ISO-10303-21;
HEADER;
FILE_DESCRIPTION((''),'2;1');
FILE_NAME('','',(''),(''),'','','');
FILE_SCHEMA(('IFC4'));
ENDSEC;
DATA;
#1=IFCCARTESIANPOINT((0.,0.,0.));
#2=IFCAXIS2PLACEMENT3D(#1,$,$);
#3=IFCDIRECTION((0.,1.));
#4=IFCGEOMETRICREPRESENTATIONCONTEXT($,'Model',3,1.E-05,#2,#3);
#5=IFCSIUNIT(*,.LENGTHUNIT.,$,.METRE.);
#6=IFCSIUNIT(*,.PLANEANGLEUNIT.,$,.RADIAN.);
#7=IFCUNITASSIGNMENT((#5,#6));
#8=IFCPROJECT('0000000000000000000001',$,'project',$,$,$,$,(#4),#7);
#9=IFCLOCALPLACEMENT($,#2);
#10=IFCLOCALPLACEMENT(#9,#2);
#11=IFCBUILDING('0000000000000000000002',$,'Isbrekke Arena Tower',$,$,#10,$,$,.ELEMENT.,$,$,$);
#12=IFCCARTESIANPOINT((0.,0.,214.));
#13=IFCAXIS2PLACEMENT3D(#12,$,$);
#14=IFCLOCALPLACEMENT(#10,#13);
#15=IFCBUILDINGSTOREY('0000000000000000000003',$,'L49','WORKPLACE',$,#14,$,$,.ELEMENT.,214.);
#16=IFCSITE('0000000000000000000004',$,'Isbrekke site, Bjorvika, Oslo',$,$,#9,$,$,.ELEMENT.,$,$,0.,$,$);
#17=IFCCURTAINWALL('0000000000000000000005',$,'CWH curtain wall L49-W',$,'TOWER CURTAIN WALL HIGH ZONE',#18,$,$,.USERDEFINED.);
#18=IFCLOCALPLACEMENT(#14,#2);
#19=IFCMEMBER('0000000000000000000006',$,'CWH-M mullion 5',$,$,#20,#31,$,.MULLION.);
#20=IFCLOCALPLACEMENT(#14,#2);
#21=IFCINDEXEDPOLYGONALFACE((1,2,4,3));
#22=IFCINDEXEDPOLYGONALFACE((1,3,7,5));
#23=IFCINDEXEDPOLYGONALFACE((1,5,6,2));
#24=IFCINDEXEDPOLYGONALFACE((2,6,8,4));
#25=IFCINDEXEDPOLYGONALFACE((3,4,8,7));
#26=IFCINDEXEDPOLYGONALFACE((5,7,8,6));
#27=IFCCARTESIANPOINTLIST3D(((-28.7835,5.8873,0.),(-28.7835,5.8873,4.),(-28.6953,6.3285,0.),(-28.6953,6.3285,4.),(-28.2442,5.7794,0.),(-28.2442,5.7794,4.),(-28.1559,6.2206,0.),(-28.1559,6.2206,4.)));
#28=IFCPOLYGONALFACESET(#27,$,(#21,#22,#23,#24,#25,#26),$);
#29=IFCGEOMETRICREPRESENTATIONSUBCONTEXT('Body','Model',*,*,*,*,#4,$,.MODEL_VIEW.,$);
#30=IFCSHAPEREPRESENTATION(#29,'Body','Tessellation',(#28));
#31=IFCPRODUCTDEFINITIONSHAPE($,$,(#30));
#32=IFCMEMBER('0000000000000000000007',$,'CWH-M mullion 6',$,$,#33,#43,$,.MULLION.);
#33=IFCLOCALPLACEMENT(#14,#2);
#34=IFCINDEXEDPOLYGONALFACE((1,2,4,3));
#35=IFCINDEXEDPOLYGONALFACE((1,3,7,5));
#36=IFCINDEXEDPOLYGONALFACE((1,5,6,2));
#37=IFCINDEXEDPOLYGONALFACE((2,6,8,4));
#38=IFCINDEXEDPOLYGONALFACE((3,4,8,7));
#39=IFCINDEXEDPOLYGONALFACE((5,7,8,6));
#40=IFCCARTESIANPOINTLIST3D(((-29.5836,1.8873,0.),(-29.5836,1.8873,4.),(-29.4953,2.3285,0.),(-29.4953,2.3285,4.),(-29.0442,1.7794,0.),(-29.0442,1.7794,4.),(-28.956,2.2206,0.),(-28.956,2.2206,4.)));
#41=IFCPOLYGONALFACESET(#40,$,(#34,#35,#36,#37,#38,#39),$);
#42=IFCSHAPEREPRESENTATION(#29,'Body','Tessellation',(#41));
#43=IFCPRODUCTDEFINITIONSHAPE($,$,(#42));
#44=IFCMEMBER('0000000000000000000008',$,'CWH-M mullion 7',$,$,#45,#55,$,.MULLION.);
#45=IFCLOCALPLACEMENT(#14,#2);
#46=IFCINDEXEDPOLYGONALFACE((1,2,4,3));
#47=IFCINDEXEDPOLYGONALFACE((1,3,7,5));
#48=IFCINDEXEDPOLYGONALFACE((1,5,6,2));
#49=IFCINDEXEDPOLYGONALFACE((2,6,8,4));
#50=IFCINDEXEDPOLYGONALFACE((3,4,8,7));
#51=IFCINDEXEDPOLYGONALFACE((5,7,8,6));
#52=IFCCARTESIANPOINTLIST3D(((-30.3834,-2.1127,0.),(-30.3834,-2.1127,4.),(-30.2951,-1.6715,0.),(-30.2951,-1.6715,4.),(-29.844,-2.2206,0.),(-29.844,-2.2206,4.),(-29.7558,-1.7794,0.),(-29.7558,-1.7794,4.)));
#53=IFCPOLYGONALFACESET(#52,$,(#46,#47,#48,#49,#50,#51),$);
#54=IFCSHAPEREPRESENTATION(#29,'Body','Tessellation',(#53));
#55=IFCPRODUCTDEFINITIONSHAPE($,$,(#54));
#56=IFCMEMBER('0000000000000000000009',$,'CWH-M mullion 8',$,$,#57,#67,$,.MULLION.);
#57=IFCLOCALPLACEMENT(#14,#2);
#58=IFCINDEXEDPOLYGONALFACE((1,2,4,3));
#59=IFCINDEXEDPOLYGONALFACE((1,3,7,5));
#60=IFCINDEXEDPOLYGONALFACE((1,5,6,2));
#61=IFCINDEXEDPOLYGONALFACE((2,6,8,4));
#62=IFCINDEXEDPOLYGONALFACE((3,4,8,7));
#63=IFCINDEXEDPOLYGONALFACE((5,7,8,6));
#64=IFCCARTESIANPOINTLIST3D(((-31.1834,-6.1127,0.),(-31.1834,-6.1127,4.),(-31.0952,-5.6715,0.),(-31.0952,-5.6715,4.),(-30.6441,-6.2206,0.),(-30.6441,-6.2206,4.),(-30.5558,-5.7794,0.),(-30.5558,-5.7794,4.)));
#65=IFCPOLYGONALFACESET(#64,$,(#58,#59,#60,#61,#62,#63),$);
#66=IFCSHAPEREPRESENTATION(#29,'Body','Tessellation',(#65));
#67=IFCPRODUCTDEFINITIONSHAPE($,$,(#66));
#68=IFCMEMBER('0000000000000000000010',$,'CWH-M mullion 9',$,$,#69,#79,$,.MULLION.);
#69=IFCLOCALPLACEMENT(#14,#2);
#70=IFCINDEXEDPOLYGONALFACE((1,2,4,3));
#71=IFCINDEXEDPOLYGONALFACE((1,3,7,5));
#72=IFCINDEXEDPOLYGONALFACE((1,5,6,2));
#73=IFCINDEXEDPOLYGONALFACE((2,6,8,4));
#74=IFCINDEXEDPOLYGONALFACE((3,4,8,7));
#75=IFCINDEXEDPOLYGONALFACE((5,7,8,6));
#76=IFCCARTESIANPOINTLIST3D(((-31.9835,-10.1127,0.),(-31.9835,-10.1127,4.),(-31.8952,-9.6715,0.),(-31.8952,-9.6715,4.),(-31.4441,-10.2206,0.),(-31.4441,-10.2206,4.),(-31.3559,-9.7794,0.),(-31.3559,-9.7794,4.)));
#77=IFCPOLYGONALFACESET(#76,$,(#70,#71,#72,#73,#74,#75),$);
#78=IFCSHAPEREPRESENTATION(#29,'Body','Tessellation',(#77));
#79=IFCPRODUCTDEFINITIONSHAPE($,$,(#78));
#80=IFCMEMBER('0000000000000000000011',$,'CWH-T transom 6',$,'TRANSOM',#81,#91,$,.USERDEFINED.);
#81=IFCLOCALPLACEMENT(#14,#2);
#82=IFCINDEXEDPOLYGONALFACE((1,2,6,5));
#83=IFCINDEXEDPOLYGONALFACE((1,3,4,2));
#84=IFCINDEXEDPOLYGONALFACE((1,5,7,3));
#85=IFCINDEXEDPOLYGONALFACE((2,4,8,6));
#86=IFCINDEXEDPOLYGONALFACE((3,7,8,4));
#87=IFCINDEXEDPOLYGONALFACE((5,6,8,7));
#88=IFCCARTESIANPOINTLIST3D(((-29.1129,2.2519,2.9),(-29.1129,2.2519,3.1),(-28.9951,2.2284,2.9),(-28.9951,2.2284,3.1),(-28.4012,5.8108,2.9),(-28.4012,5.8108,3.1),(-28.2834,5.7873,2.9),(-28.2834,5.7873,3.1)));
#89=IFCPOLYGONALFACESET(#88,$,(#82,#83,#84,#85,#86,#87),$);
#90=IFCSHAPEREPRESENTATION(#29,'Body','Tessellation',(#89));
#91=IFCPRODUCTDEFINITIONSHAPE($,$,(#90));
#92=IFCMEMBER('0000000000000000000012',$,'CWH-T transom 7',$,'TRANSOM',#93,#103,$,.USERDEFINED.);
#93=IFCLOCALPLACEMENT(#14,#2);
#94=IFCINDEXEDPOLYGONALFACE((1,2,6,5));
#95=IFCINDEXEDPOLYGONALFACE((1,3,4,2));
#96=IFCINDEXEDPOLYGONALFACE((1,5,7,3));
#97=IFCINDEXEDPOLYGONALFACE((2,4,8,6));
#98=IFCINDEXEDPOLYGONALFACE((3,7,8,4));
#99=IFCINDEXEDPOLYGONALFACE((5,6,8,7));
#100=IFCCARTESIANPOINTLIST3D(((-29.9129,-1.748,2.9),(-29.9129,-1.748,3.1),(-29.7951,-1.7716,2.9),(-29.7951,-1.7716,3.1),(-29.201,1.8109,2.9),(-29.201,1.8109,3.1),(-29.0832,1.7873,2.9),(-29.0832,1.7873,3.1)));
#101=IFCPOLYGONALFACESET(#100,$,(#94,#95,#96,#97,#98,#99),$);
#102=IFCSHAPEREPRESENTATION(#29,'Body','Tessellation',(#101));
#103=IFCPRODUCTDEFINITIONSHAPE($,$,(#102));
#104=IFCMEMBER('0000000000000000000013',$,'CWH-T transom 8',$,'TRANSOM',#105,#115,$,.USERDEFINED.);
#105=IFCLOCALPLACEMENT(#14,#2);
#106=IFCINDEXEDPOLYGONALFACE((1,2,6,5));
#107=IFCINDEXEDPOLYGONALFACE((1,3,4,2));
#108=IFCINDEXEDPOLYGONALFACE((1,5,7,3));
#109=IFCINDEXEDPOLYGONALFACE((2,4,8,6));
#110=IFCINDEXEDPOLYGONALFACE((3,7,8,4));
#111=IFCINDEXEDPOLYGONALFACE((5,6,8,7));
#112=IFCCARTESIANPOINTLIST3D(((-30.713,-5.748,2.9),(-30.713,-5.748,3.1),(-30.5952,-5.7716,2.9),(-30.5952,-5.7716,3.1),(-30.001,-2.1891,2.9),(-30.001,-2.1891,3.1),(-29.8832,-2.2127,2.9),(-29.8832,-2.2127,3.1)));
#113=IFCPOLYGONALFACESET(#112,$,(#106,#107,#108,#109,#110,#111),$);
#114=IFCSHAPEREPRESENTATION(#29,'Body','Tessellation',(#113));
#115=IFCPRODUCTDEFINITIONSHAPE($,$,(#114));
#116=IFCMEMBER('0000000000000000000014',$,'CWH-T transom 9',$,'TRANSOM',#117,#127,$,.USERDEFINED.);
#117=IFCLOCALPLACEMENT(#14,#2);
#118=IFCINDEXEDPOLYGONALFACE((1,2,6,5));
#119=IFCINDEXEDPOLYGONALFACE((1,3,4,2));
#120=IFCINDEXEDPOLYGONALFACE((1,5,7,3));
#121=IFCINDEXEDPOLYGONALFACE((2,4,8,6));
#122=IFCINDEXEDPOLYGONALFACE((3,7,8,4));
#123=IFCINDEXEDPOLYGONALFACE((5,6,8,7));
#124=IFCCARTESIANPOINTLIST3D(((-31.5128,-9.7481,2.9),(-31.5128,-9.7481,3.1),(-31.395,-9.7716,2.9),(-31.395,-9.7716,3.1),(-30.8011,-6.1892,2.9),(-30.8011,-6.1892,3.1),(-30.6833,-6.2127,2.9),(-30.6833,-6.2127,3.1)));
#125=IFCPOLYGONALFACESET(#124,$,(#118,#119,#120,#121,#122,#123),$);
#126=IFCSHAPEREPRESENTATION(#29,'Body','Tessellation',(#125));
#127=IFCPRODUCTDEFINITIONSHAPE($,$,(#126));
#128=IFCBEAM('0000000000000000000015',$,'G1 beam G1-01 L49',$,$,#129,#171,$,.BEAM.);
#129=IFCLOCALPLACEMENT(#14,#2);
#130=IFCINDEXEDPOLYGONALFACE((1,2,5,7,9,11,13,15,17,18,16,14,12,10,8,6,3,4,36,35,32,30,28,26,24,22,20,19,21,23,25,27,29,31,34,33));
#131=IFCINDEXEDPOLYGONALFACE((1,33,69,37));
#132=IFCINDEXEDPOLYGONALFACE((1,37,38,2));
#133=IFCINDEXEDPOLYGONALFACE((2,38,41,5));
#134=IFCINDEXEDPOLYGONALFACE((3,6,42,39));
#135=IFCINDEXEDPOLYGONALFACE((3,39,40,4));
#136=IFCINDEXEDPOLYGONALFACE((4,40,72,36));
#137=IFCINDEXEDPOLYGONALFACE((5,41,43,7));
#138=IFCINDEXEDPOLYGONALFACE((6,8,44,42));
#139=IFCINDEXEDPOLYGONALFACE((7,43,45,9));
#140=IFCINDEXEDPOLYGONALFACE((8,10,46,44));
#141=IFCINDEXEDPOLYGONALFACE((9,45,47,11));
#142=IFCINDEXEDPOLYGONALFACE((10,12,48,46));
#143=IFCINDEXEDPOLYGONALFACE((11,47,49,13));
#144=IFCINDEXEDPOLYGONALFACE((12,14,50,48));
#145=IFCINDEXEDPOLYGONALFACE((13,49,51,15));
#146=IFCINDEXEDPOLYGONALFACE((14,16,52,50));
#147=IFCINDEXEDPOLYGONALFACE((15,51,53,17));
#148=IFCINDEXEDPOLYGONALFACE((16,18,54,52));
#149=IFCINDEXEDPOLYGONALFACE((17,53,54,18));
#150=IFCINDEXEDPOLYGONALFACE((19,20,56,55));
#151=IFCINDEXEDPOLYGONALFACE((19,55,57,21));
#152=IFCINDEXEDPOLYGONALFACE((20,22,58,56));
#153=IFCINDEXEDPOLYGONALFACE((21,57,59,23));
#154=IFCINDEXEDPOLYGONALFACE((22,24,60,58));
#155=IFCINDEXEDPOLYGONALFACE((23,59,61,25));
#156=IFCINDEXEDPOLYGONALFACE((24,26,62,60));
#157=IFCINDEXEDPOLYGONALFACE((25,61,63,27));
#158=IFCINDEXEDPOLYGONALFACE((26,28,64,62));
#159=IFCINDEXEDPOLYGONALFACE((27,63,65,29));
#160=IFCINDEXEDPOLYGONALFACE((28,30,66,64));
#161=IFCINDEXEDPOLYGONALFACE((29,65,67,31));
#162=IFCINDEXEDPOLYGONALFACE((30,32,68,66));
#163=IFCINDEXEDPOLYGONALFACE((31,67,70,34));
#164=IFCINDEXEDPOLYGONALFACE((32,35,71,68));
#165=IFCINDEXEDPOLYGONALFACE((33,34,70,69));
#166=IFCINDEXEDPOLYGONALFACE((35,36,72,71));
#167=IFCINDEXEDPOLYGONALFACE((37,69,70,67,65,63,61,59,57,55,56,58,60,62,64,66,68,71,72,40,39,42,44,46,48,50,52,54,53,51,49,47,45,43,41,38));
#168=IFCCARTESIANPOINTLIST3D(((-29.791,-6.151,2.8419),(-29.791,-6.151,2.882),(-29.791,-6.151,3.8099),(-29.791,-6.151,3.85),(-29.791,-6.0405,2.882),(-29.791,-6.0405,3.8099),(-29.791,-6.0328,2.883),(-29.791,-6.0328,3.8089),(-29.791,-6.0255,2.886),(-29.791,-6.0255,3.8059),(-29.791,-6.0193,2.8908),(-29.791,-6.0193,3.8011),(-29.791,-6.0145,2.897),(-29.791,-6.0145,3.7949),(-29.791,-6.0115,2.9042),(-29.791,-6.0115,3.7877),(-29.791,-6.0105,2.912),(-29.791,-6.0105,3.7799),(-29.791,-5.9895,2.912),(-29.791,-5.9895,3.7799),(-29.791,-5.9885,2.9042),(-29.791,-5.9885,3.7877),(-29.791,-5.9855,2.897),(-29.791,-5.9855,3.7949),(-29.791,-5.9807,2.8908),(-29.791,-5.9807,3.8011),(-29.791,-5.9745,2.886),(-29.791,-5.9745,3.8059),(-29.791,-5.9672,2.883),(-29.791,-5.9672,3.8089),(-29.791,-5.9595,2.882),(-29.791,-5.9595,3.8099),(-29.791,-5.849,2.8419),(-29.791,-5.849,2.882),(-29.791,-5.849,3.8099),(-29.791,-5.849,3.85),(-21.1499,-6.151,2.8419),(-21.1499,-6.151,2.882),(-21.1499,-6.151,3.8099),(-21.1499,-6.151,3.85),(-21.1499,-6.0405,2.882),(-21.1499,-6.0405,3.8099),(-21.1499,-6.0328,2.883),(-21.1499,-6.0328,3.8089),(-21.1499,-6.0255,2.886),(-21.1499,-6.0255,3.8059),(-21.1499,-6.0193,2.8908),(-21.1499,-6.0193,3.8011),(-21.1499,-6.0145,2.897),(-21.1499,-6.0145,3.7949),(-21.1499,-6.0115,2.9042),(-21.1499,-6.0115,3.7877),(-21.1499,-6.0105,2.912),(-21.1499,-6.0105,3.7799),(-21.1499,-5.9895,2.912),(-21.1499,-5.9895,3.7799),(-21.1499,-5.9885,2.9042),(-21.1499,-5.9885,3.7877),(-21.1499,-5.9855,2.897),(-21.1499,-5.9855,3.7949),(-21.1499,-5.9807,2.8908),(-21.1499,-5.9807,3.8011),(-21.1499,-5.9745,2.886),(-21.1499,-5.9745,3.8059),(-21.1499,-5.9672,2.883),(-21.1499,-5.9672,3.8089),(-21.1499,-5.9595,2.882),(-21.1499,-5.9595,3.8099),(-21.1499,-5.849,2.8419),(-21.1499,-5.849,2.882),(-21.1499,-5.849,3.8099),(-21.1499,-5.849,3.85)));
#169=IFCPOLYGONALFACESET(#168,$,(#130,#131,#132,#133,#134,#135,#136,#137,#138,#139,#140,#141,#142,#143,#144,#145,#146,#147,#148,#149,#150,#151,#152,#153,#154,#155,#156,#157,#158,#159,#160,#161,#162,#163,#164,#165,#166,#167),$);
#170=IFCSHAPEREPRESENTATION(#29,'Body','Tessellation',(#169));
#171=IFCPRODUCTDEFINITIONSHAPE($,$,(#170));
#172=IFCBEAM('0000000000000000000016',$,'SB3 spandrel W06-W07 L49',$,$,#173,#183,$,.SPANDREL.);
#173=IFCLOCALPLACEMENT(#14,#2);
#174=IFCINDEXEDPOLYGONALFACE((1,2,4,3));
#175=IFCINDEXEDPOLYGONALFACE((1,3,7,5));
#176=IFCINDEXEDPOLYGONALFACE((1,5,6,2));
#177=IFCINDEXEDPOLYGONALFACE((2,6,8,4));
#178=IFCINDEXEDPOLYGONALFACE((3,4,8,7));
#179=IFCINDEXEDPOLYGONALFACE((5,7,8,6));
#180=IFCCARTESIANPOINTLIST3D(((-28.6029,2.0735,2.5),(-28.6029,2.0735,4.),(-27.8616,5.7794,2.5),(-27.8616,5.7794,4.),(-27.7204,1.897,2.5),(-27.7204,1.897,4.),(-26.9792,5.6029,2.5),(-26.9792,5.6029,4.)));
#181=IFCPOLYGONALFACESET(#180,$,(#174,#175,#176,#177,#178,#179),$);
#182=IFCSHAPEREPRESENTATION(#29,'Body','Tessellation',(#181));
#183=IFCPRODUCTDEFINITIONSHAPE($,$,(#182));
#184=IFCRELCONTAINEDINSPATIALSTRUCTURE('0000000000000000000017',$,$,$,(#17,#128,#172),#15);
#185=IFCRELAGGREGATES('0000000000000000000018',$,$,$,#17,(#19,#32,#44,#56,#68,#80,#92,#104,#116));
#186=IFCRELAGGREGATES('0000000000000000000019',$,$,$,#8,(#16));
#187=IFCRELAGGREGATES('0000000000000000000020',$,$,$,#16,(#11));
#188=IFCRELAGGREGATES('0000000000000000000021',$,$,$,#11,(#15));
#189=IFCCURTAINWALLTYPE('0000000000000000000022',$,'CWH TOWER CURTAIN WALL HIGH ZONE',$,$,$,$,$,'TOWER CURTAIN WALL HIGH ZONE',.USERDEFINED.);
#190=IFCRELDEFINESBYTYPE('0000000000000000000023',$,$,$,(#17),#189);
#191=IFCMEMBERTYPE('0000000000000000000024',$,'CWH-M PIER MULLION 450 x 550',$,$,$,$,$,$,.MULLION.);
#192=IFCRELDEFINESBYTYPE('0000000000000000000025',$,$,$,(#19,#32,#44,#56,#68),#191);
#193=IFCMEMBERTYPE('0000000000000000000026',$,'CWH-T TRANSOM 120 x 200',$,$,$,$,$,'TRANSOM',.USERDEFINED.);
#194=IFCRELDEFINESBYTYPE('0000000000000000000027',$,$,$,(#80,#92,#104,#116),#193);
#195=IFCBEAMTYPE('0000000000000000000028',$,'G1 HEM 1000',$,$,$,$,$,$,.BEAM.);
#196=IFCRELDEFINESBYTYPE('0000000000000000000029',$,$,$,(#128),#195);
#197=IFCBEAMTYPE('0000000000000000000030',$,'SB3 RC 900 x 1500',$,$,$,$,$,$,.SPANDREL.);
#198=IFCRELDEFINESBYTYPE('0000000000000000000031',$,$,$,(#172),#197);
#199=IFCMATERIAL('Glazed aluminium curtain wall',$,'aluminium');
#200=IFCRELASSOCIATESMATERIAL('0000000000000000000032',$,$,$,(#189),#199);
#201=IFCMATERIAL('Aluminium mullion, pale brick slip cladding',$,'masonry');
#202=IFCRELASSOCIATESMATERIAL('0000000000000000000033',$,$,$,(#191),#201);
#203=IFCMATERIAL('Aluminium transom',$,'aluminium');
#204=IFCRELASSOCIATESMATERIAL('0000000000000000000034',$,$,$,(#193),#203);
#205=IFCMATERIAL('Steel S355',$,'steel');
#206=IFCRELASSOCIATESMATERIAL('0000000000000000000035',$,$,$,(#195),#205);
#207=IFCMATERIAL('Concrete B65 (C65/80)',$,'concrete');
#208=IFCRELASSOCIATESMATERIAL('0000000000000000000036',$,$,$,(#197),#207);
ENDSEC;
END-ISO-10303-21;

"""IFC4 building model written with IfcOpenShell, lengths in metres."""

from ifc_helpers import new_model, si_unit, direction, frame, origin, origin_2d, place, context, subcontext, project, spatial, rectangle, i_section, extrude, material, material_profile, profile_set, type_object, element, aggregate, save


model = new_model("IFC4")

# Units and contexts
model_context = context("Model", 3, precision=1e-05, world=origin(), true_north=direction((0.0, 1.0)))
body_context = subcontext(model_context, "Body", "Model", "MODEL_VIEW")
ifc_project = project(units=[si_unit("LENGTHUNIT", "METRE"), si_unit("PLANEANGLEUNIT", "RADIAN")], contexts=[model_context])

# Site, building, storey
site_placement = place(None, origin())
site = spatial("IfcSite", under=ifc_project, at=site_placement, Name="Isbrekke site, Bjorvika, Oslo", CompositionType="ELEMENT", RefElevation=0.0)
building_placement = place(site_placement, origin())
building = spatial("IfcBuilding", under=site, at=building_placement, Name="Isbrekke Arena Tower", CompositionType="ELEMENT")
storey_placement = place(building_placement, frame((0.0, 0.0, 214.0)))
storey = spatial("IfcBuildingStorey", under=building, at=storey_placement, Name="L49", Description="WORKPLACE", CompositionType="ELEMENT", Elevation=214.0)

# Curtain wall, members
ifc_material_1 = material(Name="Glazed aluminium curtain wall", Category="aluminium")
curtain_wall_type = type_object("IfcCurtainWallType", Name="CWH TOWER CURTAIN WALL HIGH ZONE", ElementType="TOWER CURTAIN WALL HIGH ZONE", PredefinedType="USERDEFINED", material=ifc_material_1)
curtain_wall_placement = place(storey_placement, origin())
curtain_wall = element("IfcCurtainWall", 1, at=curtain_wall_placement, inside=storey, type_object=curtain_wall_type, Name="CWH curtain wall L49-W", ObjectType="TOWER CURTAIN WALL HIGH ZONE", PredefinedType="USERDEFINED")
ifc_material_2 = material(Name="Aluminium mullion, pale brick slip cladding", Category="masonry")
ifc_material_profile_1 = material_profile(ifc_material_2, rectangle(XDim=0.45, YDim=0.55, at=origin_2d()), Name="PIER 450X550")
ifc_profile_set_1 = profile_set([ifc_material_profile_1], Name="Aluminium mullion, pale brick slip cladding")
member_type_1 = type_object("IfcMemberType", Name="CWH-M PIER MULLION 450 x 550", PredefinedType="MULLION", material=ifc_profile_set_1)
member_1_placement = place(storey_placement, frame((-28.4697, 6.054, 0.0), z_axis=(0.0, 0.0, 1.0), x_axis=(-0.196116, -0.980581, 0.0)))
member_1 = element("IfcMember", 2, at=member_1_placement, type_object=member_type_1, Name="CWH-M mullion 5", PredefinedType="MULLION", context=body_context, shape_type="SweptSolid", body=[
    extrude(rectangle(XDim=0.45, YDim=0.55, at=origin_2d()), origin(), (0.0, 0.0, 1.0), 4.0),
])
member_2_placement = place(storey_placement, frame((-29.2698, 2.054, 0.0), z_axis=(0.0, 0.0, 1.0), x_axis=(-0.196116, -0.980581, 0.0)))
member_2 = element("IfcMember", 3, at=member_2_placement, type_object=member_type_1, Name="CWH-M mullion 6", PredefinedType="MULLION", context=body_context, shape_type="SweptSolid", body=[
    extrude(rectangle(XDim=0.45, YDim=0.55, at=origin_2d()), origin(), (0.0, 0.0, 1.0), 4.0),
])
member_3_placement = place(storey_placement, frame((-30.0696, -1.946, 0.0), z_axis=(0.0, 0.0, 1.0), x_axis=(-0.196116, -0.980581, 0.0)))
member_3 = element("IfcMember", 4, at=member_3_placement, type_object=member_type_1, Name="CWH-M mullion 7", PredefinedType="MULLION", context=body_context, shape_type="SweptSolid", body=[
    extrude(rectangle(XDim=0.45, YDim=0.55, at=origin_2d()), origin(), (0.0, 0.0, 1.0), 4.0),
])
member_4_placement = place(storey_placement, frame((-30.8696, -5.946, 0.0), z_axis=(0.0, 0.0, 1.0), x_axis=(-0.196116, -0.980581, 0.0)))
member_4 = element("IfcMember", 5, at=member_4_placement, type_object=member_type_1, Name="CWH-M mullion 8", PredefinedType="MULLION", context=body_context, shape_type="SweptSolid", body=[
    extrude(rectangle(XDim=0.45, YDim=0.55, at=origin_2d()), origin(), (0.0, 0.0, 1.0), 4.0),
])
member_5_placement = place(storey_placement, frame((-31.6697, -9.946, 0.0), z_axis=(0.0, 0.0, 1.0), x_axis=(-0.196116, -0.980581, 0.0)))
member_5 = element("IfcMember", 6, at=member_5_placement, type_object=member_type_1, Name="CWH-M mullion 9", PredefinedType="MULLION", context=body_context, shape_type="SweptSolid", body=[
    extrude(rectangle(XDim=0.45, YDim=0.55, at=origin_2d()), origin(), (0.0, 0.0, 1.0), 4.0),
])
ifc_material_3 = material(Name="Aluminium transom", Category="aluminium")
ifc_material_profile_2 = material_profile(ifc_material_3, rectangle(XDim=0.1201, YDim=0.2, at=origin_2d()), Name="TRANSOM 120X200")
ifc_profile_set_2 = profile_set([ifc_material_profile_2], Name="Aluminium transom")
member_type_2 = type_object("IfcMemberType", Name="CWH-T TRANSOM 120 x 200", ElementType="TRANSOM", PredefinedType="USERDEFINED", material=ifc_profile_set_2)
member_6_placement = place(storey_placement, frame((-28.3423, 5.7991, 3.0), z_axis=(-0.19609, -0.980586, 0.0), x_axis=(0.980586, -0.19609, 0.0)))
member_6 = element("IfcMember", 7, at=member_6_placement, type_object=member_type_2, Name="CWH-T transom 6", ObjectType="TRANSOM", PredefinedType="USERDEFINED", context=body_context, shape_type="SweptSolid", body=[
    extrude(rectangle(XDim=0.1201, YDim=0.2, at=origin_2d()), origin(), (0.0, 0.0, 1.0), 3.6294),
])
member_7_placement = place(storey_placement, frame((-29.1421, 1.7991, 3.0), z_axis=(-0.196155, -0.980573, 0.0), x_axis=(0.980573, -0.196155, 0.0)))
member_7 = element("IfcMember", 8, at=member_7_placement, type_object=member_type_2, Name="CWH-T transom 7", ObjectType="TRANSOM", PredefinedType="USERDEFINED", context=body_context, shape_type="SweptSolid", body=[
    extrude(rectangle(XDim=0.1201, YDim=0.2, at=origin_2d()), origin(), (0.0, 0.0, 1.0), 3.6294),
])
member_8_placement = place(storey_placement, frame((-29.9421, -2.2009, 3.0), z_axis=(-0.196155, -0.980573, 0.0), x_axis=(0.980573, -0.196155, 0.0)))
member_8 = element("IfcMember", 9, at=member_8_placement, type_object=member_type_2, Name="CWH-T transom 8", ObjectType="TRANSOM", PredefinedType="USERDEFINED", context=body_context, shape_type="SweptSolid", body=[
    extrude(rectangle(XDim=0.1201, YDim=0.2, at=origin_2d()), origin(), (0.0, 0.0, 1.0), 3.6294),
])
member_9_placement = place(storey_placement, frame((-30.7422, -6.2009, 3.0), z_axis=(-0.19609, -0.980586, 0.0), x_axis=(0.980586, -0.19609, 0.0)))
member_9 = element("IfcMember", 10, at=member_9_placement, type_object=member_type_2, Name="CWH-T transom 9", ObjectType="TRANSOM", PredefinedType="USERDEFINED", context=body_context, shape_type="SweptSolid", body=[
    extrude(rectangle(XDim=0.1201, YDim=0.2, at=origin_2d()), origin(), (0.0, 0.0, 1.0), 3.6294),
])

# Beams
ifc_material_4 = material(Name="Steel S355", Category="steel")
ifc_material_profile_3 = material_profile(ifc_material_4, i_section(OverallWidth=0.302, OverallDepth=1.0081, WebThickness=0.021, FlangeThickness=0.04, FilletRadius=0.03, at=origin_2d()), Name="HEM 1000")
ifc_profile_set_3 = profile_set([ifc_material_profile_3], Name="Steel S355")
beam_type_1 = type_object("IfcBeamType", Name="G1 HEM 1000", PredefinedType="BEAM", material=ifc_profile_set_3)
beam_1_placement = place(storey_placement, frame((-29.791, -6.0, 3.3459), z_axis=(1.0, 0.0, 0.0), x_axis=(0.0, 1.0, 0.0)))
element("IfcBeam", 11, at=beam_1_placement, inside=storey, type_object=beam_type_1, Name="G1 beam G1-01 L49", PredefinedType="BEAM", context=body_context, shape_type="SweptSolid", body=[
    extrude(i_section(OverallWidth=0.302, OverallDepth=1.0081, WebThickness=0.021, FlangeThickness=0.04, FilletRadius=0.03, at=origin_2d()), origin(), (0.0, 0.0, 1.0), 8.6411),
])
ifc_material_5 = material(Name="Concrete B65 (C65/80)", Category="concrete")
ifc_material_profile_4 = material_profile(ifc_material_5, rectangle(XDim=0.8999, YDim=1.5, at=origin_2d()), Name="RC 900x1500")
ifc_profile_set_4 = profile_set([ifc_material_profile_4], Name="Concrete B65 (C65/80)")
beam_type_2 = type_object("IfcBeamType", Name="SB3 RC 900 x 1500", PredefinedType="SPANDREL", material=ifc_profile_set_4)
for number, where, z_axis, x_axis, name in (
    (12, (-27.4204, 5.6912, 3.25), (-0.196129, -0.980578, 0.0), (0.980578, -0.196129, 0.0), "SB3 spandrel W06-W07 L49"),
):
    element("IfcBeam", number, at=place(storey_placement, frame(where, z_axis=z_axis, x_axis=x_axis)), inside=storey, type_object=beam_type_2, Name=name, PredefinedType="SPANDREL", context=body_context, shape_type="SweptSolid", body=[
        extrude(rectangle(XDim=0.8999, YDim=1.5, at=origin_2d()), origin(), (0.0, 0.0, 1.0), 3.7793),
    ])

aggregate(curtain_wall, [member_1, member_2, member_3, member_4, member_5, member_6, member_7, member_8, member_9])

save(model, "model.ifc")
